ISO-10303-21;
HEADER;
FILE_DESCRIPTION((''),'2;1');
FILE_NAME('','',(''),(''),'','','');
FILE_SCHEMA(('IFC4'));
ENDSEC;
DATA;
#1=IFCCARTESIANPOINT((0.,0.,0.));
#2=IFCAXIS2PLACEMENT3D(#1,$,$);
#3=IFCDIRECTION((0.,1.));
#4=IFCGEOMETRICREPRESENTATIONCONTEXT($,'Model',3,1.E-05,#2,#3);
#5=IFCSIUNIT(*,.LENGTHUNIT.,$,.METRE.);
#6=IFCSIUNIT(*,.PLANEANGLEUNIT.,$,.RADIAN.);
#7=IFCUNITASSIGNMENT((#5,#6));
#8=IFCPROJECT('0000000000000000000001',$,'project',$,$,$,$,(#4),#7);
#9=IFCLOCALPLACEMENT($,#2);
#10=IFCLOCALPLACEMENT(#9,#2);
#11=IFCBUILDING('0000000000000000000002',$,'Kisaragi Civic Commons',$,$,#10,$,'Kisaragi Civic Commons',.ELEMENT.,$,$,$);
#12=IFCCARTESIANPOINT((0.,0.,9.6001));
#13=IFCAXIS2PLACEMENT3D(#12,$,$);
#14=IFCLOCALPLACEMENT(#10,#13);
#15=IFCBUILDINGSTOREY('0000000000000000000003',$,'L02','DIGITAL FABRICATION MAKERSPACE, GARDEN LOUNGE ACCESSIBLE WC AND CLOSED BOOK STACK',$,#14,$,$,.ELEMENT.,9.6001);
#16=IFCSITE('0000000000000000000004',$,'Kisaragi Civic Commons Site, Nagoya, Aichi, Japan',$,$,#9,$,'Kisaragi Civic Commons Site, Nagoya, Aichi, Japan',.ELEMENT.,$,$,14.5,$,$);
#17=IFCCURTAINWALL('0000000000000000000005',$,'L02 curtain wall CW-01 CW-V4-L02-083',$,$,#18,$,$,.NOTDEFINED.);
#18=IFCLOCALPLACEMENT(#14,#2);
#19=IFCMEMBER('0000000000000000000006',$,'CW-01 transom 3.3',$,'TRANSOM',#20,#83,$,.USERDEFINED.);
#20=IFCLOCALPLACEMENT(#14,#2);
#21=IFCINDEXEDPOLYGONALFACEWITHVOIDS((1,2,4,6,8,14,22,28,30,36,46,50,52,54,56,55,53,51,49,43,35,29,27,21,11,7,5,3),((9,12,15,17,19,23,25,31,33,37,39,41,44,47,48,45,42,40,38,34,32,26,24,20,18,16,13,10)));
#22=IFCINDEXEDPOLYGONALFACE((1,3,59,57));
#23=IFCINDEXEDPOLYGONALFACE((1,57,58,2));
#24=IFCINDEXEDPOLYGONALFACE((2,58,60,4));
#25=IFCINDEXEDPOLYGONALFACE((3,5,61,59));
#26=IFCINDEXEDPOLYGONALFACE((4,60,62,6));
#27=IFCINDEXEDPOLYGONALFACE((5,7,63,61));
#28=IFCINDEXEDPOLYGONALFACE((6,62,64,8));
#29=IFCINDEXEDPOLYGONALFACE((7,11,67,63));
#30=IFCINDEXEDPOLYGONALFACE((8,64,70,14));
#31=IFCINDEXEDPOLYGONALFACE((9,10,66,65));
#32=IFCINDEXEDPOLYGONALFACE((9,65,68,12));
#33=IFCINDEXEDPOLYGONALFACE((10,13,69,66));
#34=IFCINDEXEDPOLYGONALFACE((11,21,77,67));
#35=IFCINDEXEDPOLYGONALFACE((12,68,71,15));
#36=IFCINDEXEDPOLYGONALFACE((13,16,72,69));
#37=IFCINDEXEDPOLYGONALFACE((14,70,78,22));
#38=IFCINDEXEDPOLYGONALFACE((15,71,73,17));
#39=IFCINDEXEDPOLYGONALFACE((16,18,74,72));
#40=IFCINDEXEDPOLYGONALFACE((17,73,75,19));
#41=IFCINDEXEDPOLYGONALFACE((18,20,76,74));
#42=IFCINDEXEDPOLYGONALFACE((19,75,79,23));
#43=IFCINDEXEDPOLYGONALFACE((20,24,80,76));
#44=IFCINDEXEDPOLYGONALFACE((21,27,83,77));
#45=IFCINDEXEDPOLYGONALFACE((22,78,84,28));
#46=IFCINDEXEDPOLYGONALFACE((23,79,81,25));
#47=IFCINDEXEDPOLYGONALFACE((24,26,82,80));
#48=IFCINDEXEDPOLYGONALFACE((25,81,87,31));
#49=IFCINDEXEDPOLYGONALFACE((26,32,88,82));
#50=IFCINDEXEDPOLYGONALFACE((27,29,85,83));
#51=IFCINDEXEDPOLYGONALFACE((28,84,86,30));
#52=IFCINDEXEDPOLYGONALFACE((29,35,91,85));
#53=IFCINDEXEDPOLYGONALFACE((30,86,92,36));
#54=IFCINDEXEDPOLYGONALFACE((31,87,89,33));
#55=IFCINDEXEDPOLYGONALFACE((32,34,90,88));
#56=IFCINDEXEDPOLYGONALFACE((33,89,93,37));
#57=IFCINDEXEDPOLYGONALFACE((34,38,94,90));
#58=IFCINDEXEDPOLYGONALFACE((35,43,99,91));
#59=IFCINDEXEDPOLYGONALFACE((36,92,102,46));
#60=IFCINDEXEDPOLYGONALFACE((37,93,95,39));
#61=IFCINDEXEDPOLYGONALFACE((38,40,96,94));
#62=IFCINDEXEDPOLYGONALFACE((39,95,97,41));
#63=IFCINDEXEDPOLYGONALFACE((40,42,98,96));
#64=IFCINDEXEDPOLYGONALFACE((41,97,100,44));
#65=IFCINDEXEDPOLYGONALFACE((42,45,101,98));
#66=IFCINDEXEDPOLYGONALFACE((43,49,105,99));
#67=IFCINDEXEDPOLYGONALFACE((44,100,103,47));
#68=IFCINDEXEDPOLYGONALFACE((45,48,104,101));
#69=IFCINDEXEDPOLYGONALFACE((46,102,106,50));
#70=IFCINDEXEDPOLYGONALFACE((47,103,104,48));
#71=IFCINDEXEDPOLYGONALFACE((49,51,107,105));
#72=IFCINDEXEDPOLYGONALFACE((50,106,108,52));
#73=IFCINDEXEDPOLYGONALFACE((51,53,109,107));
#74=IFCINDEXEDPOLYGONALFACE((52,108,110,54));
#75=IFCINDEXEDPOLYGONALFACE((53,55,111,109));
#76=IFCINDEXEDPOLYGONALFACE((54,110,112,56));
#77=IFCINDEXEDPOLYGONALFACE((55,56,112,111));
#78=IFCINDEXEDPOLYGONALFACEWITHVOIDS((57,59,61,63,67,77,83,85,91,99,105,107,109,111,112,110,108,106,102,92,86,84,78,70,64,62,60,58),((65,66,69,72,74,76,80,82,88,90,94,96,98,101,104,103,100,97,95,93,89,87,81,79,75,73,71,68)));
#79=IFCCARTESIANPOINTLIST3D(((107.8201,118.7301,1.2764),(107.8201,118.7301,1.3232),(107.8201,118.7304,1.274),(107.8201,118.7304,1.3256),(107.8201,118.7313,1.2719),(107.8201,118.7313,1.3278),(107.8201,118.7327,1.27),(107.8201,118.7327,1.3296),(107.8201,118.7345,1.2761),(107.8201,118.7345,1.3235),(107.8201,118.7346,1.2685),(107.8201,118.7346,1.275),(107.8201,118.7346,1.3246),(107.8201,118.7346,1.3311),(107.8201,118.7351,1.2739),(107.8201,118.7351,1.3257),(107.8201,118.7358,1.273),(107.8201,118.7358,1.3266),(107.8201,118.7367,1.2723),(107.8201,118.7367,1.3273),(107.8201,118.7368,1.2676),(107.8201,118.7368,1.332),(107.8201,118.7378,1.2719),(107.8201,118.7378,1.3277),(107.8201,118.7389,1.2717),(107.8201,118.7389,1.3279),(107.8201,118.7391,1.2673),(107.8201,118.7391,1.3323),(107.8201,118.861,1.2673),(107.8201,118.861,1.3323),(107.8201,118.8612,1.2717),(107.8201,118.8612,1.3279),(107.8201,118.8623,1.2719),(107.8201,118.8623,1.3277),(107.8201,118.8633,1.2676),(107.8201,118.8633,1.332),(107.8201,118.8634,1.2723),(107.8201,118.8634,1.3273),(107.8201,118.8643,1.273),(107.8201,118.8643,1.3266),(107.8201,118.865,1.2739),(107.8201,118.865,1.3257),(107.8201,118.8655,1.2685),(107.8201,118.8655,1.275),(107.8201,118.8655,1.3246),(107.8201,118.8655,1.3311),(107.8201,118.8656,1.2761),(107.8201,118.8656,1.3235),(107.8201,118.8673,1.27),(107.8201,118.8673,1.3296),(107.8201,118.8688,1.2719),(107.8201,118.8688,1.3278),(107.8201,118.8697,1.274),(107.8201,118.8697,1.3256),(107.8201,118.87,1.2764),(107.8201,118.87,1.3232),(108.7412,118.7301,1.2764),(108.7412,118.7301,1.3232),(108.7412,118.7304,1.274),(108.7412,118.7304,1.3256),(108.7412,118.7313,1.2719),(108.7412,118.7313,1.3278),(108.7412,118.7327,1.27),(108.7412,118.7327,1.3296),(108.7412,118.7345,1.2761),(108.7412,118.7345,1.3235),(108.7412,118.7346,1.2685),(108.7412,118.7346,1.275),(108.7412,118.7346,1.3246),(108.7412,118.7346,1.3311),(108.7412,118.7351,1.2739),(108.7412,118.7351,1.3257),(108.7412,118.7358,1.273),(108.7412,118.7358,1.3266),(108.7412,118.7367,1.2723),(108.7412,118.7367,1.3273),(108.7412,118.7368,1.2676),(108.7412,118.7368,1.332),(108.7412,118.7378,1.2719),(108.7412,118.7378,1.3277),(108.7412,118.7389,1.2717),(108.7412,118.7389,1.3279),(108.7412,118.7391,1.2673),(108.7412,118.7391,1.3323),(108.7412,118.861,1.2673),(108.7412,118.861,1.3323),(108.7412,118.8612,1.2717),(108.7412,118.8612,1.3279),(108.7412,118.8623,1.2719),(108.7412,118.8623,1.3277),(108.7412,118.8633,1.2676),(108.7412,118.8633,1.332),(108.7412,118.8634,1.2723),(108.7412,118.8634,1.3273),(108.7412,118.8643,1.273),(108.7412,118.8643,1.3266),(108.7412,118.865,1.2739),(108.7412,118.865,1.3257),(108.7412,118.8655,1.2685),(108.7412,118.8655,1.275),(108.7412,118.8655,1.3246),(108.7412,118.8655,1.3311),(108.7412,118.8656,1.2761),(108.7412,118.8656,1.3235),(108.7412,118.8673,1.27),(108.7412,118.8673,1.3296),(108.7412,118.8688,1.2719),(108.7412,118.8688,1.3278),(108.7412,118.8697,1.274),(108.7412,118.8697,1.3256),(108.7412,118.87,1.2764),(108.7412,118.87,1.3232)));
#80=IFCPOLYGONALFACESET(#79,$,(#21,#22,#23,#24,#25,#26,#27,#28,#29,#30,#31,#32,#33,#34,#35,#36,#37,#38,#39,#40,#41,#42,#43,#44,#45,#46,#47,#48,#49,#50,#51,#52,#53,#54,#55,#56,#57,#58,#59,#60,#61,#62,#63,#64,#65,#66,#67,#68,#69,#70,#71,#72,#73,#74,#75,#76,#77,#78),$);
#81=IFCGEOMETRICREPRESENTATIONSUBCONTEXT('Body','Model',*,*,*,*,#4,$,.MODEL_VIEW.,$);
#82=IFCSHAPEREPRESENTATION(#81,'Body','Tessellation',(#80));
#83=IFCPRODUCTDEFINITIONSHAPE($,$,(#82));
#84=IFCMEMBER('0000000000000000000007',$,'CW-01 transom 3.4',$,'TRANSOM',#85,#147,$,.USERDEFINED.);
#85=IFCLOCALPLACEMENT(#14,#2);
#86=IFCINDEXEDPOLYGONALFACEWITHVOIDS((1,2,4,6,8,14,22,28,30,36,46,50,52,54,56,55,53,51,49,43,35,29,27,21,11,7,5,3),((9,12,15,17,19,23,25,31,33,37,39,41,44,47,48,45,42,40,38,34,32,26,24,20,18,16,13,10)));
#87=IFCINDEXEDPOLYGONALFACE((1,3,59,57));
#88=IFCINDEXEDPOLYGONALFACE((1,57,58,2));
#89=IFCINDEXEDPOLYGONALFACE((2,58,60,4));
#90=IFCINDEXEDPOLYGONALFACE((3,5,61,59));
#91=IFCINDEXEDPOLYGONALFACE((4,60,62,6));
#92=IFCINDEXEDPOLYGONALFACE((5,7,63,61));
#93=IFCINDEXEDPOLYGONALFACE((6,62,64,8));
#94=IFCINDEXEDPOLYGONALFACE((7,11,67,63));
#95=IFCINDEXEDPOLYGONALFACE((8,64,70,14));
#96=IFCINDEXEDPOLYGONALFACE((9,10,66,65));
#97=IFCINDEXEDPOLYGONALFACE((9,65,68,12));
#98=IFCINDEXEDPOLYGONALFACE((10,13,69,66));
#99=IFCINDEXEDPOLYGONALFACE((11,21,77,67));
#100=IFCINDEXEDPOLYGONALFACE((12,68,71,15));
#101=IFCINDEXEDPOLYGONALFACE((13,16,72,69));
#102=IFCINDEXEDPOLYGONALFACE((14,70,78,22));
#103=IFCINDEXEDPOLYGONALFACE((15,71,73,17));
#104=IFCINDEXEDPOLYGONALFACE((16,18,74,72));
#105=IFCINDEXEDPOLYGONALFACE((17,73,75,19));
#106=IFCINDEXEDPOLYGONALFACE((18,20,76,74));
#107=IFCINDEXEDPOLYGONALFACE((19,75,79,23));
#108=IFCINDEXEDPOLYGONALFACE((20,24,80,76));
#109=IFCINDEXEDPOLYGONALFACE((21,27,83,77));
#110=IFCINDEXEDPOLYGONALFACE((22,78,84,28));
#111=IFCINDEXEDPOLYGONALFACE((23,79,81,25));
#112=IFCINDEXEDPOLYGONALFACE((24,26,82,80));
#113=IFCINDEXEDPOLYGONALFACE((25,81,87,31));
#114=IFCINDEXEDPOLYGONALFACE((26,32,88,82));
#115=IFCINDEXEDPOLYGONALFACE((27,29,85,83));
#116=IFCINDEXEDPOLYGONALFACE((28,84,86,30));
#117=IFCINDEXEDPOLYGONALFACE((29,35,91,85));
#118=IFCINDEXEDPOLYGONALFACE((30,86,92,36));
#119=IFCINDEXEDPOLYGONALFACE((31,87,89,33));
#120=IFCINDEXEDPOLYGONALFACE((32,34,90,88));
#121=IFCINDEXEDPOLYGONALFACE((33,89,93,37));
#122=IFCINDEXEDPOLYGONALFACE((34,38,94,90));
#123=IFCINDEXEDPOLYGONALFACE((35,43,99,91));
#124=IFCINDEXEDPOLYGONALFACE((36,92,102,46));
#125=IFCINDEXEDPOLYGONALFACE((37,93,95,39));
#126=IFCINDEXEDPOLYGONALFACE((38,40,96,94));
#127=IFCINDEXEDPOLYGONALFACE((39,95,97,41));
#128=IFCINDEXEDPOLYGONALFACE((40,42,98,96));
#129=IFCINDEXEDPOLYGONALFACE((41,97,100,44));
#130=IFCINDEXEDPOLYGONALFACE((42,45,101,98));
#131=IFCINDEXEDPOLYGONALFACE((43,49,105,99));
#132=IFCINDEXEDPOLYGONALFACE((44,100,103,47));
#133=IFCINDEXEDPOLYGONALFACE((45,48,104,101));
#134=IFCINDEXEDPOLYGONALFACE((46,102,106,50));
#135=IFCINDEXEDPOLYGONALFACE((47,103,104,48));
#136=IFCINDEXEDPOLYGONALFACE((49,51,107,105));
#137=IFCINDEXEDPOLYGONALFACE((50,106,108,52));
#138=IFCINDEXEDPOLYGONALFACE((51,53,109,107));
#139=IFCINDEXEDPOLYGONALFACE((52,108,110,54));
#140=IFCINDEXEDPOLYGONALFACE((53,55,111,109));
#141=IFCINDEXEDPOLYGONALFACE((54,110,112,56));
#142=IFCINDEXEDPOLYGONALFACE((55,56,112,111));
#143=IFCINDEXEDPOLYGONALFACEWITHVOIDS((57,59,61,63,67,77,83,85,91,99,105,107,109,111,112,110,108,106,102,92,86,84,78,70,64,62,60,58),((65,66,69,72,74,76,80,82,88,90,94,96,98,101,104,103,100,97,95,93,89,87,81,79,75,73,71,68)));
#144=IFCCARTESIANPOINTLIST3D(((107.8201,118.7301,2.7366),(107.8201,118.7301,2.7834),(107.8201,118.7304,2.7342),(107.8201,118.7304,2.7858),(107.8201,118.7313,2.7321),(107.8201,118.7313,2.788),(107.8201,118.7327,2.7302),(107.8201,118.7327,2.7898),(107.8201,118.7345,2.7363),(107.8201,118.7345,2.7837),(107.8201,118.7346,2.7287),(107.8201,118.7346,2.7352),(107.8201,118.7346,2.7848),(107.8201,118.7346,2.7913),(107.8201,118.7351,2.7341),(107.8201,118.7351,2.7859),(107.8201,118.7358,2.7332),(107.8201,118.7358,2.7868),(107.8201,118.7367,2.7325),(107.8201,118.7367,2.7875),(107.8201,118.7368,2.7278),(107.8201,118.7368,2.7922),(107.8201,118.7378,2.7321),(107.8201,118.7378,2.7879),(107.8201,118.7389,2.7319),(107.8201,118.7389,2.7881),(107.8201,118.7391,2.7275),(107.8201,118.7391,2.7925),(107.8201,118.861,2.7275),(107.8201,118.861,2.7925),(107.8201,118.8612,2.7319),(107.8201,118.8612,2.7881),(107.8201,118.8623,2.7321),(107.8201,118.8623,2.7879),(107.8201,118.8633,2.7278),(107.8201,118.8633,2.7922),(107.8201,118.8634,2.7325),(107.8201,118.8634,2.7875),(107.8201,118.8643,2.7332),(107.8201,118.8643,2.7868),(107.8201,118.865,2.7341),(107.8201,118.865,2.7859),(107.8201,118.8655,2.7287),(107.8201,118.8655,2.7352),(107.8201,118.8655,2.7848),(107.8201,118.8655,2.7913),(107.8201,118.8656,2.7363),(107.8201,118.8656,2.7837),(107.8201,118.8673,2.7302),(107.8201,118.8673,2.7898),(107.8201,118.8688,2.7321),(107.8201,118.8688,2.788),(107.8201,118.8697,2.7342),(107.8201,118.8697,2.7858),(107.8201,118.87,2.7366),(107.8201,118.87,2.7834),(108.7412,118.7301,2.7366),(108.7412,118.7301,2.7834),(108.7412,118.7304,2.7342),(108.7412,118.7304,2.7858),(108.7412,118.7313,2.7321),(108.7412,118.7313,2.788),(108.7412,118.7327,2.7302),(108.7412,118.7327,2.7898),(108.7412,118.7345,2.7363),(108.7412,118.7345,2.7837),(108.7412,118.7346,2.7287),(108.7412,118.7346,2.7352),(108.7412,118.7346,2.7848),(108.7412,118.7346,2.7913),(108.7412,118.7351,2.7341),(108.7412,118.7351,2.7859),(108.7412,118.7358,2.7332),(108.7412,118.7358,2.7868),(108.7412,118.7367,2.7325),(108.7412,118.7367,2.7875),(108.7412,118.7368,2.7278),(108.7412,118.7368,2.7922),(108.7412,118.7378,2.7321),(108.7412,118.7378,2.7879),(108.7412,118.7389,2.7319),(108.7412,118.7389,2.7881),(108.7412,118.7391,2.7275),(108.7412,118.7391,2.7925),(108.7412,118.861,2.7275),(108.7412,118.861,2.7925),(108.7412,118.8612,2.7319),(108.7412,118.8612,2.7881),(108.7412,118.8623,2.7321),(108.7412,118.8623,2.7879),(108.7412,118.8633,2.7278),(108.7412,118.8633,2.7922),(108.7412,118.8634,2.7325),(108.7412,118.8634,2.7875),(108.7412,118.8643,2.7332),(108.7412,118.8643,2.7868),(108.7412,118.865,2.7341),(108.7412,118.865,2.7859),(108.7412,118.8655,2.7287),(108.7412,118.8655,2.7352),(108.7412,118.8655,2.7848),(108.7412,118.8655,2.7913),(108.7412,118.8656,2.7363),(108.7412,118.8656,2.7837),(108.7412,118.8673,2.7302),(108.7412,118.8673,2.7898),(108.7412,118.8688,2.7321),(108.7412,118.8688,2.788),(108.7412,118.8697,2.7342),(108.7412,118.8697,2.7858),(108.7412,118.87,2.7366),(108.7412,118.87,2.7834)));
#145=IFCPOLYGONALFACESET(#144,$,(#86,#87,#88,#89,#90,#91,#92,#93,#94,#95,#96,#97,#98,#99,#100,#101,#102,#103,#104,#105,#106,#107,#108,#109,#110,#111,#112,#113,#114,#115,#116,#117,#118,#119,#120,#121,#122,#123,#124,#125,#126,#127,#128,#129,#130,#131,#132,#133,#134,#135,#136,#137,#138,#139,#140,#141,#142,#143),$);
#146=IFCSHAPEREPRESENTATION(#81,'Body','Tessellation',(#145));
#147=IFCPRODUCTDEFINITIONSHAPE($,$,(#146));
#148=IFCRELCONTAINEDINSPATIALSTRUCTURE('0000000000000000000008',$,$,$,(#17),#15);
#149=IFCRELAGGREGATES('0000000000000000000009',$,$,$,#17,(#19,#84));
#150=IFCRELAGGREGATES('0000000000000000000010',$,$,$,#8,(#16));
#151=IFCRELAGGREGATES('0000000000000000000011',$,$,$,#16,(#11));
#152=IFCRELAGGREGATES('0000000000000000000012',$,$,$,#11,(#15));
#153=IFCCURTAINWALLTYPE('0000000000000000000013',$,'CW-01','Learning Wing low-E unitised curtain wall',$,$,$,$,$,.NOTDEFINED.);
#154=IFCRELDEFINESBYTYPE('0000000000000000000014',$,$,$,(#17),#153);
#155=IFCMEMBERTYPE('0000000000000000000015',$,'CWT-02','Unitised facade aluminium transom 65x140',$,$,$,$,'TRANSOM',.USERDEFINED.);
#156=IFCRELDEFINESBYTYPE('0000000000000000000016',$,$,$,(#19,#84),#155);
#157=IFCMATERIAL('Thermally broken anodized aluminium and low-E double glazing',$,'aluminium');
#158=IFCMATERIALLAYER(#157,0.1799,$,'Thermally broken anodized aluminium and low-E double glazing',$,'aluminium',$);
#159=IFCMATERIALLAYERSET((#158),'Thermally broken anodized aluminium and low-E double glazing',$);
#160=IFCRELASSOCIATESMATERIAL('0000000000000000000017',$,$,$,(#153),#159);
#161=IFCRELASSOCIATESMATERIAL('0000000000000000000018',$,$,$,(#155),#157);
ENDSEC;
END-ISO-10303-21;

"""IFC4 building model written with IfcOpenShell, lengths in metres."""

from ifc_helpers import new_model, si_unit, direction, frame, origin, origin_2d, place, context, subcontext, project, spatial, hollow_rectangle, extrude, material, layer, layer_set, material_profile, profile_set, type_object, element, aggregate, save


model = new_model("IFC4")

# Units and contexts
model_context = context("Model", 3, precision=1e-05, world=origin(), true_north=direction((0.0, 1.0)))
body_context = subcontext(model_context, "Body", "Model", "MODEL_VIEW")
ifc_project = project(units=[si_unit("LENGTHUNIT", "METRE"), si_unit("PLANEANGLEUNIT", "RADIAN")], contexts=[model_context])

# Site, building, storey
site_placement = place(None, origin())
site = spatial("IfcSite", under=ifc_project, at=site_placement, Name="Kisaragi Civic Commons Site, Nagoya, Aichi, Japan", LongName="Kisaragi Civic Commons Site, Nagoya, Aichi, Japan", CompositionType="ELEMENT", RefElevation=14.5)
building_placement = place(site_placement, origin())
building = spatial("IfcBuilding", under=site, at=building_placement, Name="Kisaragi Civic Commons", LongName="Kisaragi Civic Commons", CompositionType="ELEMENT")
storey_placement = place(building_placement, frame((0.0, 0.0, 9.6001)))
storey = spatial("IfcBuildingStorey", under=building, at=storey_placement, Name="L02", Description="DIGITAL FABRICATION MAKERSPACE, GARDEN LOUNGE ACCESSIBLE WC AND CLOSED BOOK STACK", CompositionType="ELEMENT", Elevation=9.6001)

# Curtain wall
ifc_material = material(Name="Thermally broken anodized aluminium and low-E double glazing", Category="aluminium")
ifc_layer_1 = layer(ifc_material, 0.1799, Name="Thermally broken anodized aluminium and low-E double glazing", Category="aluminium")
ifc_layer_set_1 = layer_set([ifc_layer_1], Name="Thermally broken anodized aluminium and low-E double glazing")
curtain_wall_type = type_object("IfcCurtainWallType", Name="CW-01", Description="Learning Wing low-E unitised curtain wall", PredefinedType="NOTDEFINED", material=ifc_layer_set_1)
curtain_wall_1_placement = place(storey_placement, origin())
curtain_wall_1 = element("IfcCurtainWall", 1, at=curtain_wall_1_placement, inside=storey, type_object=curtain_wall_type, Name="L02 curtain wall CW-01 CW-V4-L02-083", PredefinedType="NOTDEFINED")

# Members
ifc_material_profile_1 = material_profile(ifc_material, hollow_rectangle(XDim=0.1399, YDim=0.0649, WallThickness=0.0044, InnerFilletRadius=0.0044, OuterFilletRadius=0.009, at=origin_2d()), Name="CWT-65x140x4.5", Category="aluminium")
ifc_profile_set_1 = profile_set([ifc_material_profile_1], Name="Thermally broken anodized aluminium and low-E double glazing")
member_type_1 = type_object("IfcMemberType", Name="CWT-02", Description="Unitised facade aluminium transom 65x140", ElementType="TRANSOM", PredefinedType="USERDEFINED", material=ifc_profile_set_1)
member_1_placement = place(storey_placement, frame((107.8201, 118.8, 1.2998), z_axis=(1.0, 0.0, 0.0), x_axis=(0.0, 1.0, 0.0)))
member_1 = element("IfcMember", 2, at=member_1_placement, type_object=member_type_1, Name="CW-01 transom 3.3", ObjectType="TRANSOM", PredefinedType="USERDEFINED", context=body_context, shape_type="SweptSolid", body=[
    extrude(hollow_rectangle(XDim=0.1399, YDim=0.0649, WallThickness=0.0044, InnerFilletRadius=0.0044, OuterFilletRadius=0.009, at=origin_2d()), origin(), (0.0, 0.0, 1.0), 0.9211),
])
member_2_placement = place(storey_placement, frame((107.8201, 118.8, 2.76), z_axis=(1.0, 0.0, 0.0), x_axis=(0.0, 1.0, 0.0)))
member_2 = element("IfcMember", 3, at=member_2_placement, type_object=member_type_1, Name="CW-01 transom 3.4", ObjectType="TRANSOM", PredefinedType="USERDEFINED", context=body_context, shape_type="SweptSolid", body=[
    extrude(hollow_rectangle(XDim=0.1399, YDim=0.0649, WallThickness=0.0044, InnerFilletRadius=0.0044, OuterFilletRadius=0.009, at=origin_2d()), origin(), (0.0, 0.0, 1.0), 0.9211),
])

aggregate(curtain_wall_1, [member_1, member_2])

save(model, "model.ifc")
